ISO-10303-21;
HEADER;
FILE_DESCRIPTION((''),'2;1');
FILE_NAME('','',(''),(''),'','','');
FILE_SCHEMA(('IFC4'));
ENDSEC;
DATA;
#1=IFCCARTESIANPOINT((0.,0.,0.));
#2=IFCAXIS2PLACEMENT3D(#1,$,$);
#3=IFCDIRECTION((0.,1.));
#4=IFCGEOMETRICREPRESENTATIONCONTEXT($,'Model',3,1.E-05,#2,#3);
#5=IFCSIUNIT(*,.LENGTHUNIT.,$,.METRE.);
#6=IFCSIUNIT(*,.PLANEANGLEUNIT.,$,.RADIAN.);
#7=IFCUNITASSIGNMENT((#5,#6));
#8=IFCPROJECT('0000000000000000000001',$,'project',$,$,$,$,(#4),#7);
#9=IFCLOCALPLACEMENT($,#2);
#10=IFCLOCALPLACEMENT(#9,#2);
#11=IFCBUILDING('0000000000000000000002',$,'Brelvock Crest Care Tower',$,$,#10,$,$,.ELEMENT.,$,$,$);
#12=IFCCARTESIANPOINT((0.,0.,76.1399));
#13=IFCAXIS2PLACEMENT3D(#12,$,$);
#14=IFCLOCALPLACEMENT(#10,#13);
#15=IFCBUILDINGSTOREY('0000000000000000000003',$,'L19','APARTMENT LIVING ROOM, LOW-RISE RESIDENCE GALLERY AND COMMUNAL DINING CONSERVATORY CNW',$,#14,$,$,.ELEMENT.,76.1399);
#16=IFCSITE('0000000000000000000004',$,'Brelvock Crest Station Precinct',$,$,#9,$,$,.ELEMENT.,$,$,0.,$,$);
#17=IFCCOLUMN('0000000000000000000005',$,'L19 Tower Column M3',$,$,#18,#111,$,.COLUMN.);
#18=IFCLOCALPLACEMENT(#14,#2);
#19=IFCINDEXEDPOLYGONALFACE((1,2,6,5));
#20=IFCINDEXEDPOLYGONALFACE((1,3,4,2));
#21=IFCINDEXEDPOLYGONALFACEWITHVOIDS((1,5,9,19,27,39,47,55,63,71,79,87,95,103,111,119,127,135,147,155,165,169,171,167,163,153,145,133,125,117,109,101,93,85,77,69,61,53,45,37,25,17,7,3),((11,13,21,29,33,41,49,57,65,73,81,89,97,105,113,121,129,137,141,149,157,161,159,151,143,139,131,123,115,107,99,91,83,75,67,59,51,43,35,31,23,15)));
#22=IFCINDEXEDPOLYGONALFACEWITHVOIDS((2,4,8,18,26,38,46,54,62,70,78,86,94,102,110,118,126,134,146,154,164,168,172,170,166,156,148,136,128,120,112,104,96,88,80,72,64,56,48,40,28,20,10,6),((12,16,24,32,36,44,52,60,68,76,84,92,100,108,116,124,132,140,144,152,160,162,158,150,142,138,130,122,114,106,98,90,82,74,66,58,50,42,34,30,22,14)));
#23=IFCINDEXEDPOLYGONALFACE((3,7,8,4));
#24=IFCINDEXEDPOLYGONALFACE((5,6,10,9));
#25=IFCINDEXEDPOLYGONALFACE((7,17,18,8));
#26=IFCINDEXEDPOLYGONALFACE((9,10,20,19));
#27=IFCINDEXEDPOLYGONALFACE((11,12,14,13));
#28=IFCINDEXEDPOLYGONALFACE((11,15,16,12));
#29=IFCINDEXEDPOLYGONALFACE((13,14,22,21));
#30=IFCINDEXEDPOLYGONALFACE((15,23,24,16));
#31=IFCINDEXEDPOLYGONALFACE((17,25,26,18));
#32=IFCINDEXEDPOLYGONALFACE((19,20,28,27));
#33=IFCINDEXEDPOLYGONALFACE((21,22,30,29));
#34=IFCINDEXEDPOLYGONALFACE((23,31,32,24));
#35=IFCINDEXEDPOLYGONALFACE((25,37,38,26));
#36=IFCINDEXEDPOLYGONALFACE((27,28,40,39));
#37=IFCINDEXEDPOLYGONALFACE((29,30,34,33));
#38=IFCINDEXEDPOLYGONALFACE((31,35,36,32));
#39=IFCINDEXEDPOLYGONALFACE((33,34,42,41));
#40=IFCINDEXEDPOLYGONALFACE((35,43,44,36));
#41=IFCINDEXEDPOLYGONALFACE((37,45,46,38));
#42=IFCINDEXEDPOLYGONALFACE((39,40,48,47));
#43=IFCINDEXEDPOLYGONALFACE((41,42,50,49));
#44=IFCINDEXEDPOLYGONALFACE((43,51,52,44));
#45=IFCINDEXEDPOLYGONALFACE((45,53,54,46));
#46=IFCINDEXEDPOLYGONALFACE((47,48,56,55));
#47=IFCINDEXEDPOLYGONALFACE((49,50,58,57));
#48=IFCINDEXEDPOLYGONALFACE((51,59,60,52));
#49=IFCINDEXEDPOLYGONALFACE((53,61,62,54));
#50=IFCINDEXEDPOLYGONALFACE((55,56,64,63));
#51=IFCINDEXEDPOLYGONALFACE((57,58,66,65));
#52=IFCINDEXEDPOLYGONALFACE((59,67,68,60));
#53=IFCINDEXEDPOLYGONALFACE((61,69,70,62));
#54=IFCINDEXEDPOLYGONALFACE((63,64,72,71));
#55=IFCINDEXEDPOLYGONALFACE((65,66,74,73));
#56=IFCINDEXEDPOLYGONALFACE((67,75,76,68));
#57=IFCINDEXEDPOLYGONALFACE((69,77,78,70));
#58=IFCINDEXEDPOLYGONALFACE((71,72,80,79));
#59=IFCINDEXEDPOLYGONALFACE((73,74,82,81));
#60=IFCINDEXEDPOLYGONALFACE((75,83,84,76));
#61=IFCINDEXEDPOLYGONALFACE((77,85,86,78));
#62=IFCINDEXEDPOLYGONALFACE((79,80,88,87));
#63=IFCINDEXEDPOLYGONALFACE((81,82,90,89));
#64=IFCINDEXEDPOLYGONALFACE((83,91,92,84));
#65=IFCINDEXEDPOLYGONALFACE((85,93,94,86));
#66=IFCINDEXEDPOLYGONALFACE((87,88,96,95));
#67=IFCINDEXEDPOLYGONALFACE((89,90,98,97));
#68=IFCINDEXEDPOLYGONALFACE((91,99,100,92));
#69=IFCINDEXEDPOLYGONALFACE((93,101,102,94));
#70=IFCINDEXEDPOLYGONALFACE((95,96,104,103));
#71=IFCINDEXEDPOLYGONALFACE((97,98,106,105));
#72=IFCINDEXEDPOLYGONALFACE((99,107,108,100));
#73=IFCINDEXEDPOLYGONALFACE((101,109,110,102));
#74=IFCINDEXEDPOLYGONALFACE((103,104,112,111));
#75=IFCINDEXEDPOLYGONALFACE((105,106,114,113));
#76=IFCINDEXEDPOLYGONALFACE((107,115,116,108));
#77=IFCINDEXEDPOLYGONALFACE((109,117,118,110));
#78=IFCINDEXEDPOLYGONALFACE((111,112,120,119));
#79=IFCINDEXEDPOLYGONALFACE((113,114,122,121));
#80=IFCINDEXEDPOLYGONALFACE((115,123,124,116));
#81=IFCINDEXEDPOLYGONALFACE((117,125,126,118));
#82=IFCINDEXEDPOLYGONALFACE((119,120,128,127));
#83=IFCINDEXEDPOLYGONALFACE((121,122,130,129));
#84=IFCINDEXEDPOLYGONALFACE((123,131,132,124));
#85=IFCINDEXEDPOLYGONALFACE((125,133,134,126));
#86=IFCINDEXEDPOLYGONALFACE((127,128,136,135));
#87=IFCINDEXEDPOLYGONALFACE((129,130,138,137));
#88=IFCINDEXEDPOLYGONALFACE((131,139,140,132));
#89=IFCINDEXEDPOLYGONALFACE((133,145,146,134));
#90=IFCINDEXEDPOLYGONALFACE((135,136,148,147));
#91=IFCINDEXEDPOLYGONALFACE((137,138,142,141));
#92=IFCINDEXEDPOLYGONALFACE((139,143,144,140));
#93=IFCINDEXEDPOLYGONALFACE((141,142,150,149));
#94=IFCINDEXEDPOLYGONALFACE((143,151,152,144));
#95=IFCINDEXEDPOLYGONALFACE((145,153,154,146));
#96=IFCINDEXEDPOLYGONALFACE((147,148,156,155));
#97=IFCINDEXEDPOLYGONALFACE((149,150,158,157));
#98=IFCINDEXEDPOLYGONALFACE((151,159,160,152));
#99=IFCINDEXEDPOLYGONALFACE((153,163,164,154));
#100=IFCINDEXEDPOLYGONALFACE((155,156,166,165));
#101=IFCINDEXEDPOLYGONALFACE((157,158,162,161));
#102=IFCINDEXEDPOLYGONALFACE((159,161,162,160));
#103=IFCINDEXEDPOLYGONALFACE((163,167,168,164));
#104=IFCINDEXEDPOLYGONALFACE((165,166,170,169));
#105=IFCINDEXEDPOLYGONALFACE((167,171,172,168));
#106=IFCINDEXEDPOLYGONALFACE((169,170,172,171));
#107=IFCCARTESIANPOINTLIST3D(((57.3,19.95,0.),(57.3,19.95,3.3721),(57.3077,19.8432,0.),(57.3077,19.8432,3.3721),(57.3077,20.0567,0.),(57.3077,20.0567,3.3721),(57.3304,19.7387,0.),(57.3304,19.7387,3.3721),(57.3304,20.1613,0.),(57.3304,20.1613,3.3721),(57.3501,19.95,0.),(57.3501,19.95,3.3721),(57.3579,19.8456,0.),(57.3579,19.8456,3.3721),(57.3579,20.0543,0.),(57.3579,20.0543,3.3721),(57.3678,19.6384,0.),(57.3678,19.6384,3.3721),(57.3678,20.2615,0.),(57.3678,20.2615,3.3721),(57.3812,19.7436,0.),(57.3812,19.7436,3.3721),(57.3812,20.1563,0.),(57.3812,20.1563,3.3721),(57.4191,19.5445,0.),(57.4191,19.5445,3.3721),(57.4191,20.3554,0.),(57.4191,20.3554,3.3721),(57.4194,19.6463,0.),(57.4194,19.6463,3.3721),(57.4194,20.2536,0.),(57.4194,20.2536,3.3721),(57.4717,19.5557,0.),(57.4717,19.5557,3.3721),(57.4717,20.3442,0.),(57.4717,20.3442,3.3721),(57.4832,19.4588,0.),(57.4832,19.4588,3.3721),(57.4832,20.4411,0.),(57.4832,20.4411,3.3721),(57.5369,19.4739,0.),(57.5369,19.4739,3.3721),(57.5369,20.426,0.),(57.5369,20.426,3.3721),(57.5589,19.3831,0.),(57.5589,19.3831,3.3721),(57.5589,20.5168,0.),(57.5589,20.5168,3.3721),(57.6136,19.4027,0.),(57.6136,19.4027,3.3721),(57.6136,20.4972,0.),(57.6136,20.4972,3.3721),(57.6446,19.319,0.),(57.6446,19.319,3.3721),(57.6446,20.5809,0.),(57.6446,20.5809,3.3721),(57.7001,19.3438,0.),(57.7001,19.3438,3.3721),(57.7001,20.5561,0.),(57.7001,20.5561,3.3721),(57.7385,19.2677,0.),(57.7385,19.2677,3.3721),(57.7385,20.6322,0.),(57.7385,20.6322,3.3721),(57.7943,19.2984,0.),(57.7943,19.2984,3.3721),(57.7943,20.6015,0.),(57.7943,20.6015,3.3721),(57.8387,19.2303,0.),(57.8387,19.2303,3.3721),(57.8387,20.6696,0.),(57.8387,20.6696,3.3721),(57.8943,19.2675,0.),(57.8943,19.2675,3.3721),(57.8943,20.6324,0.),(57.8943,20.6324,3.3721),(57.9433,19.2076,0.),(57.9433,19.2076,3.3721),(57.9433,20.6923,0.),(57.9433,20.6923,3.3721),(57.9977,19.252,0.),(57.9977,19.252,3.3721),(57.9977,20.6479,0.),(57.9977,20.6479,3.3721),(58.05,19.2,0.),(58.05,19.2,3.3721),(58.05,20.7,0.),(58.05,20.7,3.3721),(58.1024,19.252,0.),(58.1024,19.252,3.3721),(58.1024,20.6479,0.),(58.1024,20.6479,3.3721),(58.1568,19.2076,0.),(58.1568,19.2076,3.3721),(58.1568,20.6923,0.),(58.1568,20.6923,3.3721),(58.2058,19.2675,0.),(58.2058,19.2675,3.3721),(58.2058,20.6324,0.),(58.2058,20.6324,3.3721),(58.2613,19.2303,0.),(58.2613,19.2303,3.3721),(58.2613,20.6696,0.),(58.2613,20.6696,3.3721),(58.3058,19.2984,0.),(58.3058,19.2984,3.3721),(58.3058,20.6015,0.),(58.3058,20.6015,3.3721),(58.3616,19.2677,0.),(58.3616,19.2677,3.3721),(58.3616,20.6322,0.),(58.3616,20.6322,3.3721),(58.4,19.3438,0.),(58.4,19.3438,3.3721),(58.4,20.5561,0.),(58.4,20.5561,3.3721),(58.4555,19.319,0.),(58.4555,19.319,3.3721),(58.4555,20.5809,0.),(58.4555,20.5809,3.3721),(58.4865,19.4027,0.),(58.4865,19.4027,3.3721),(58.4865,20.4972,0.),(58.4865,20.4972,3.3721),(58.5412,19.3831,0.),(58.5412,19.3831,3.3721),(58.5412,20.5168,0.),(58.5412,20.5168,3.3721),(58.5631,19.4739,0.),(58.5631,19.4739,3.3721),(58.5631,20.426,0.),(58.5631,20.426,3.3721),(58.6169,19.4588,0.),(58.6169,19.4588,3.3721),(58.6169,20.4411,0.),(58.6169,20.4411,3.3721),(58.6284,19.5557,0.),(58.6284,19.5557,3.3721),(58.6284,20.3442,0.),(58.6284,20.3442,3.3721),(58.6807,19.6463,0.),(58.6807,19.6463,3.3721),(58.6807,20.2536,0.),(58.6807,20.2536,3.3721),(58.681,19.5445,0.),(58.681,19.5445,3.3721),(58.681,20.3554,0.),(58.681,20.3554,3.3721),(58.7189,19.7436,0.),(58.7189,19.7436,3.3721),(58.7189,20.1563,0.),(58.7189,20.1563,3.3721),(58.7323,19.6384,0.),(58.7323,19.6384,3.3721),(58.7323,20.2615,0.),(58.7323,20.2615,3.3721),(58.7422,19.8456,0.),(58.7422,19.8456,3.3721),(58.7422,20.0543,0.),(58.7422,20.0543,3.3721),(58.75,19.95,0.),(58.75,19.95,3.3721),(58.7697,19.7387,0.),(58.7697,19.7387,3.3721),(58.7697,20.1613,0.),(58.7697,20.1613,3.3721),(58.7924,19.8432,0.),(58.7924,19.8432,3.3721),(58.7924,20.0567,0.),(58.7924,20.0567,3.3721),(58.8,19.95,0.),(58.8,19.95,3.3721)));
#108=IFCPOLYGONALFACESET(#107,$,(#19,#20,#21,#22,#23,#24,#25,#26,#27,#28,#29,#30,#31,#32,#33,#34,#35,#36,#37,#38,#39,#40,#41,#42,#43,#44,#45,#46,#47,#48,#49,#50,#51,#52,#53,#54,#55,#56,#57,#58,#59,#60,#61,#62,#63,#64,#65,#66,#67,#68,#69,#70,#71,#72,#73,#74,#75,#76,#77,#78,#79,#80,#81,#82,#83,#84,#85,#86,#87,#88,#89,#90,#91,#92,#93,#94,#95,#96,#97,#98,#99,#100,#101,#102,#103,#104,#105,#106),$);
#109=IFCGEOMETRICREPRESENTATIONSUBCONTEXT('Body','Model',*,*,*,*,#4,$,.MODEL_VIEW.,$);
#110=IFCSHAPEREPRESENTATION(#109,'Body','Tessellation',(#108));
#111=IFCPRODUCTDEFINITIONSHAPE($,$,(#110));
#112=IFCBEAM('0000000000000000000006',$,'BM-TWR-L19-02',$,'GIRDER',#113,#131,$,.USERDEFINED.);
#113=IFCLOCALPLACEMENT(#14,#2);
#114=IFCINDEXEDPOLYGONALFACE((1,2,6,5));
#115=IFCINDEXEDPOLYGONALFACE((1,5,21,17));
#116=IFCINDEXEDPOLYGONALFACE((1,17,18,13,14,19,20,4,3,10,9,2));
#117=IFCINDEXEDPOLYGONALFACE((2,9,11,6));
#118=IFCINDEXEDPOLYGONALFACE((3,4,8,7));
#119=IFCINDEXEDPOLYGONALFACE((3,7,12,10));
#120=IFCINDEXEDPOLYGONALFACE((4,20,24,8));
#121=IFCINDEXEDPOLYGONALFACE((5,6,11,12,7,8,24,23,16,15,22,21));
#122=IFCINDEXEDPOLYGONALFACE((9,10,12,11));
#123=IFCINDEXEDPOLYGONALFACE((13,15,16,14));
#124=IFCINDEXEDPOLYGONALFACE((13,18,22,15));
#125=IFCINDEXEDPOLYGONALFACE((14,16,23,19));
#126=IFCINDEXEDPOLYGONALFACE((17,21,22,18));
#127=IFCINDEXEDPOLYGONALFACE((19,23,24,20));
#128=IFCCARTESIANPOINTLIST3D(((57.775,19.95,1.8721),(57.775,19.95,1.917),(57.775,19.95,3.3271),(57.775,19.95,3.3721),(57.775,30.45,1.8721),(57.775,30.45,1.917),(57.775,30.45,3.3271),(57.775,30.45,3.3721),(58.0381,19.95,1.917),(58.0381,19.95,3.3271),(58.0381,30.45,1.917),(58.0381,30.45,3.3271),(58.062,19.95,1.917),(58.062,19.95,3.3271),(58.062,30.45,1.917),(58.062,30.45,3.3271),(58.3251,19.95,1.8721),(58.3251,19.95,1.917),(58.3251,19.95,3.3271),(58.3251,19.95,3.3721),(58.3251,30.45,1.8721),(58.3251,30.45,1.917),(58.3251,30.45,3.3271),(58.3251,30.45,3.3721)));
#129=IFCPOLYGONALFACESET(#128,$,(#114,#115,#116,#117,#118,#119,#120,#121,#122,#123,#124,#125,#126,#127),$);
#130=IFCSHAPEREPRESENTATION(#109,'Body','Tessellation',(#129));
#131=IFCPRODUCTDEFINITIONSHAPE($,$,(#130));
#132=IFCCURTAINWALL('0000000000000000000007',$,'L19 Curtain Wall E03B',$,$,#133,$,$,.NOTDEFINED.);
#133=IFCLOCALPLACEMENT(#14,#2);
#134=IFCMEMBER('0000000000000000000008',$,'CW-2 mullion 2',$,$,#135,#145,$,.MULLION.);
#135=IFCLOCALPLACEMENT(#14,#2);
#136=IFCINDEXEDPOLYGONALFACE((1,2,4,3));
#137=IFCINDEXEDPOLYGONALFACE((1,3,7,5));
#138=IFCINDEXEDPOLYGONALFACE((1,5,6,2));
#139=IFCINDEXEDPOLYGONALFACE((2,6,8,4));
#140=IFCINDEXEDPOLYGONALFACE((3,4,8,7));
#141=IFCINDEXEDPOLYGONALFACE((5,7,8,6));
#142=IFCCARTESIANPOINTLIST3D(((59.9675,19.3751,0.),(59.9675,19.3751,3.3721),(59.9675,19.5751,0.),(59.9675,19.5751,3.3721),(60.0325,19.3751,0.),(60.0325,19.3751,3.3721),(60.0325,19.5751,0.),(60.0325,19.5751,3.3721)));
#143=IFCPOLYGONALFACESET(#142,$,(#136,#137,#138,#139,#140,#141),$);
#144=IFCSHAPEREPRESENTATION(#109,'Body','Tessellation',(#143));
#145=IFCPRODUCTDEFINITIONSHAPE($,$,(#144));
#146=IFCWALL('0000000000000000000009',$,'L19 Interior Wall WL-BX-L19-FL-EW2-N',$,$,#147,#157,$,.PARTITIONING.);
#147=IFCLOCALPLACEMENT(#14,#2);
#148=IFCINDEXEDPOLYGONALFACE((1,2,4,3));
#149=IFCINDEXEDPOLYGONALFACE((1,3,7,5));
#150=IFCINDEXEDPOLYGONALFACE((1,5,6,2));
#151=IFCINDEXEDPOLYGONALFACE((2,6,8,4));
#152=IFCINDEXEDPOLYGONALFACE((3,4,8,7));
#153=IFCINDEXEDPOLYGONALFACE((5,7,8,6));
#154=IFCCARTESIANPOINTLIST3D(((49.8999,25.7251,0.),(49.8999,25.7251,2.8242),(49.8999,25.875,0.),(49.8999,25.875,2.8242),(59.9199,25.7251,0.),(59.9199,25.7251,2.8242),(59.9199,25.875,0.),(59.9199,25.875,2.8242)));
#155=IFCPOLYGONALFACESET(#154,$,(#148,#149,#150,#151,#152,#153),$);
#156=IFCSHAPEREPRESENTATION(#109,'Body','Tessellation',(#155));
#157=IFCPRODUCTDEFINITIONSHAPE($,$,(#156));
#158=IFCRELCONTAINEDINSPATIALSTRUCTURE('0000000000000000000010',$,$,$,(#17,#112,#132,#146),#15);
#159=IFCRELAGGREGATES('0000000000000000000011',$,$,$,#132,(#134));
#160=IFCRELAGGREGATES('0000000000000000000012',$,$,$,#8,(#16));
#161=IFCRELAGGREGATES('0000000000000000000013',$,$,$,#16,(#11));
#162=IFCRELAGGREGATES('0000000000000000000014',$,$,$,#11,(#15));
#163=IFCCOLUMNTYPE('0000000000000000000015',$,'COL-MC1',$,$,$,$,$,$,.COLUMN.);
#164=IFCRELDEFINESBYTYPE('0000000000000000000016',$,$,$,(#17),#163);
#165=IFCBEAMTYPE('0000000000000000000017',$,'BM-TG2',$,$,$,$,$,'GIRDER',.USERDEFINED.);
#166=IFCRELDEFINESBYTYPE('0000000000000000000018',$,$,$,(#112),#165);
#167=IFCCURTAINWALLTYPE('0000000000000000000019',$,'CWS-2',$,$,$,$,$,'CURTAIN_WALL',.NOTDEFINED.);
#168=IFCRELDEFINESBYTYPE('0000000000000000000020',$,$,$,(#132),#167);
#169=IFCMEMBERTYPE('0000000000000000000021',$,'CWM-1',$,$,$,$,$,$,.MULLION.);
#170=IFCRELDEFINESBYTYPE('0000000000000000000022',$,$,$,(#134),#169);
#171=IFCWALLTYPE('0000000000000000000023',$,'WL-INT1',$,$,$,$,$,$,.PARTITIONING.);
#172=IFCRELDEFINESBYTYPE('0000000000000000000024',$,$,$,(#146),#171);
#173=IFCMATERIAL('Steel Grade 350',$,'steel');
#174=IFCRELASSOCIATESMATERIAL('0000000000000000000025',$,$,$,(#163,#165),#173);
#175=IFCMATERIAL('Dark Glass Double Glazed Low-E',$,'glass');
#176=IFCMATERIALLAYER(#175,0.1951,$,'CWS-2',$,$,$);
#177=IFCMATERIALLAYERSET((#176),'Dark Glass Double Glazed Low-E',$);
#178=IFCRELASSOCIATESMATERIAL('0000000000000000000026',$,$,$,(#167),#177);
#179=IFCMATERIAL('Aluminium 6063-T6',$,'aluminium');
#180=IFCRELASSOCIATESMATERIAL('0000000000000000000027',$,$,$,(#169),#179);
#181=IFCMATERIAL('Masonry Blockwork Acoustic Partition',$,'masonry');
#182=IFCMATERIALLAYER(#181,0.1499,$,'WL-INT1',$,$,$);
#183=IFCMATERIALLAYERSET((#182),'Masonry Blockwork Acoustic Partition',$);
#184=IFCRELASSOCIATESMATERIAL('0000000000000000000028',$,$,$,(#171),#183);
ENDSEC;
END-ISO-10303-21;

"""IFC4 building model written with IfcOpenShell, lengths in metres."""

from ifc_helpers import new_model, si_unit, direction, frame, frame_2d, origin, origin_2d, place, context, subcontext, project, spatial, rectangle, hollow_circle, i_section, extrude, source, transform, mapped, material, layer, layer_set, material_profile, profile_set, type_object, element, aggregate, save


model = new_model("IFC4")

# Units and contexts
model_context = context("Model", 3, precision=1e-05, world=origin(), true_north=direction((0.0, 1.0)))
body_context = subcontext(model_context, "Body", "Model", "MODEL_VIEW")
ifc_project = project(units=[si_unit("LENGTHUNIT", "METRE"), si_unit("PLANEANGLEUNIT", "RADIAN")], contexts=[model_context])

# Site, building, storey
site_placement = place(None, origin())
site = spatial("IfcSite", under=ifc_project, at=site_placement, Name="Brelvock Crest Station Precinct", CompositionType="ELEMENT", RefElevation=0.0)
building_placement = place(site_placement, origin())
building = spatial("IfcBuilding", under=site, at=building_placement, Name="Brelvock Crest Care Tower", CompositionType="ELEMENT")
storey_placement = place(building_placement, frame((0.0, 0.0, 76.1399)))
storey = spatial("IfcBuildingStorey", under=building, at=storey_placement, Name="L19", Description="APARTMENT LIVING ROOM, LOW-RISE RESIDENCE GALLERY AND COMMUNAL DINING CONSERVATORY CNW", CompositionType="ELEMENT", Elevation=76.1399)

# Column
ifc_material_1 = material(Name="Steel Grade 350", Category="steel")
ifc_material_profile_1 = material_profile(ifc_material_1, hollow_circle(Radius=0.75, WallThickness=0.05, at=origin_2d()), Name="CFT1500x50")
ifc_profile_set_1 = profile_set([ifc_material_profile_1], Name="Steel Grade 350")
column_type = type_object("IfcColumnType", Name="COL-MC1", PredefinedType="COLUMN", material=ifc_profile_set_1)
shared_shape_1 = source(origin(), body_context, "Body", "SweptSolid", [
    extrude(hollow_circle(Radius=0.75, WallThickness=0.05, at=origin_2d()), origin(), (0.0, 0.0, 1.0), 3.3721),
])
column_placement = place(storey_placement, frame((58.05, 19.95, 0.0), z_axis=(0.0, 0.0, 1.0), x_axis=(1.0, 0.0, 0.0)))
element("IfcColumn", 1, at=column_placement, inside=storey, type_object=column_type, Name="L19 Tower Column M3", PredefinedType="COLUMN", context=body_context, shape_type="MappedRepresentation", body=[
    mapped(shared_shape_1, transform((0.0, 0.0, 0.0), x_axis=(1.0, 0.0, 0.0), y_axis=(0.0, 1.0, 0.0), z_axis=(0.0, 0.0, 1.0), scale=1.0)),
])

# Beam
ifc_material_profile_2 = material_profile(ifc_material_1, i_section(OverallWidth=0.55, OverallDepth=1.5, WebThickness=0.0239, FlangeThickness=0.0449, at=origin_2d()), Name="1500TG580")
ifc_profile_set_2 = profile_set([ifc_material_profile_2], Name="Steel Grade 350")
beam_type = type_object("IfcBeamType", Name="BM-TG2", ElementType="GIRDER", PredefinedType="USERDEFINED", material=ifc_profile_set_2)
shared_shape_2 = source(origin(), body_context, "Body", "SweptSolid", [
    extrude(i_section(OverallWidth=0.55, OverallDepth=1.5, WebThickness=0.0239, FlangeThickness=0.0449, at=origin_2d()), origin(), (0.0, 0.0, 1.0), 10.5),
])
beam_placement = place(storey_placement, frame((58.05, 19.95, 2.6221), z_axis=(0.0, 1.0, 0.0), x_axis=(-1.0, 0.0, 0.0)))
element("IfcBeam", 2, at=beam_placement, inside=storey, type_object=beam_type, Name="BM-TWR-L19-02", ObjectType="GIRDER", PredefinedType="USERDEFINED", context=body_context, shape_type="MappedRepresentation", body=[
    mapped(shared_shape_2, transform((0.0, 0.0, 0.0), x_axis=(1.0, 0.0, 0.0), y_axis=(0.0, 1.0, 0.0), z_axis=(0.0, 0.0, 1.0), scale=1.0)),
])

# Curtain wall, member
ifc_material_2 = material(Name="Dark Glass Double Glazed Low-E", Category="glass")
ifc_layer_1 = layer(ifc_material_2, 0.1951, Name="CWS-2")
ifc_layer_set_1 = layer_set([ifc_layer_1], Name="Dark Glass Double Glazed Low-E")
curtain_wall_type = type_object("IfcCurtainWallType", Name="CWS-2", ElementType="CURTAIN_WALL", PredefinedType="NOTDEFINED", material=ifc_layer_set_1)
curtain_wall_placement = place(storey_placement, origin())
curtain_wall = element("IfcCurtainWall", 3, at=curtain_wall_placement, inside=storey, type_object=curtain_wall_type, Name="L19 Curtain Wall E03B", PredefinedType="NOTDEFINED")
ifc_material_3 = material(Name="Aluminium 6063-T6", Category="aluminium")
ifc_material_profile_3 = material_profile(ifc_material_3, rectangle(XDim=0.0649, YDim=0.2, at=origin_2d()), Name="ALU65x200")
ifc_profile_set_3 = profile_set([ifc_material_profile_3], Name="Aluminium 6063-T6")
member_type = type_object("IfcMemberType", Name="CWM-1", PredefinedType="MULLION", material=ifc_profile_set_3)
shared_shape_3 = source(origin(), body_context, "Body", "SweptSolid", [
    extrude(rectangle(XDim=0.0649, YDim=0.2, at=origin_2d()), origin(), (0.0, 0.0, 1.0), 3.3721),
])
member_placement = place(storey_placement, frame((60.0, 19.4751, 0.0), z_axis=(0.0, 0.0, 1.0), x_axis=(1.0, 0.0, 0.0)))
member = element("IfcMember", 4, at=member_placement, type_object=member_type, Name="CW-2 mullion 2", PredefinedType="MULLION", context=body_context, shape_type="MappedRepresentation", body=[
    mapped(shared_shape_3, transform((0.0, 0.0, 0.0), x_axis=(1.0, 0.0, 0.0), y_axis=(0.0, 1.0, 0.0), z_axis=(0.0, 0.0, 1.0), scale=1.0)),
])
aggregate(curtain_wall, [member])

# Wall
ifc_material_4 = material(Name="Masonry Blockwork Acoustic Partition", Category="masonry")
ifc_layer_2 = layer(ifc_material_4, 0.1499, Name="WL-INT1")
ifc_layer_set_2 = layer_set([ifc_layer_2], Name="Masonry Blockwork Acoustic Partition")
wall_type_1 = type_object("IfcWallType", Name="WL-INT1", PredefinedType="PARTITIONING", material=ifc_layer_set_2)
wall_1_placement = place(storey_placement, frame((49.8999, 25.8, 0.0), z_axis=(0.0, 0.0, 1.0), x_axis=(1.0, 0.0, 0.0)))
element("IfcWall", 5, at=wall_1_placement, inside=storey, type_object=wall_type_1, Name="L19 Interior Wall WL-BX-L19-FL-EW2-N", PredefinedType="PARTITIONING", context=body_context, shape_type="SweptSolid", body=[
    extrude(rectangle(XDim=10.02, YDim=0.1499, at=frame_2d((5.01, 0.0))), origin(), (0.0, 0.0, 1.0), 2.8242),
])

save(model, "model.ifc")
